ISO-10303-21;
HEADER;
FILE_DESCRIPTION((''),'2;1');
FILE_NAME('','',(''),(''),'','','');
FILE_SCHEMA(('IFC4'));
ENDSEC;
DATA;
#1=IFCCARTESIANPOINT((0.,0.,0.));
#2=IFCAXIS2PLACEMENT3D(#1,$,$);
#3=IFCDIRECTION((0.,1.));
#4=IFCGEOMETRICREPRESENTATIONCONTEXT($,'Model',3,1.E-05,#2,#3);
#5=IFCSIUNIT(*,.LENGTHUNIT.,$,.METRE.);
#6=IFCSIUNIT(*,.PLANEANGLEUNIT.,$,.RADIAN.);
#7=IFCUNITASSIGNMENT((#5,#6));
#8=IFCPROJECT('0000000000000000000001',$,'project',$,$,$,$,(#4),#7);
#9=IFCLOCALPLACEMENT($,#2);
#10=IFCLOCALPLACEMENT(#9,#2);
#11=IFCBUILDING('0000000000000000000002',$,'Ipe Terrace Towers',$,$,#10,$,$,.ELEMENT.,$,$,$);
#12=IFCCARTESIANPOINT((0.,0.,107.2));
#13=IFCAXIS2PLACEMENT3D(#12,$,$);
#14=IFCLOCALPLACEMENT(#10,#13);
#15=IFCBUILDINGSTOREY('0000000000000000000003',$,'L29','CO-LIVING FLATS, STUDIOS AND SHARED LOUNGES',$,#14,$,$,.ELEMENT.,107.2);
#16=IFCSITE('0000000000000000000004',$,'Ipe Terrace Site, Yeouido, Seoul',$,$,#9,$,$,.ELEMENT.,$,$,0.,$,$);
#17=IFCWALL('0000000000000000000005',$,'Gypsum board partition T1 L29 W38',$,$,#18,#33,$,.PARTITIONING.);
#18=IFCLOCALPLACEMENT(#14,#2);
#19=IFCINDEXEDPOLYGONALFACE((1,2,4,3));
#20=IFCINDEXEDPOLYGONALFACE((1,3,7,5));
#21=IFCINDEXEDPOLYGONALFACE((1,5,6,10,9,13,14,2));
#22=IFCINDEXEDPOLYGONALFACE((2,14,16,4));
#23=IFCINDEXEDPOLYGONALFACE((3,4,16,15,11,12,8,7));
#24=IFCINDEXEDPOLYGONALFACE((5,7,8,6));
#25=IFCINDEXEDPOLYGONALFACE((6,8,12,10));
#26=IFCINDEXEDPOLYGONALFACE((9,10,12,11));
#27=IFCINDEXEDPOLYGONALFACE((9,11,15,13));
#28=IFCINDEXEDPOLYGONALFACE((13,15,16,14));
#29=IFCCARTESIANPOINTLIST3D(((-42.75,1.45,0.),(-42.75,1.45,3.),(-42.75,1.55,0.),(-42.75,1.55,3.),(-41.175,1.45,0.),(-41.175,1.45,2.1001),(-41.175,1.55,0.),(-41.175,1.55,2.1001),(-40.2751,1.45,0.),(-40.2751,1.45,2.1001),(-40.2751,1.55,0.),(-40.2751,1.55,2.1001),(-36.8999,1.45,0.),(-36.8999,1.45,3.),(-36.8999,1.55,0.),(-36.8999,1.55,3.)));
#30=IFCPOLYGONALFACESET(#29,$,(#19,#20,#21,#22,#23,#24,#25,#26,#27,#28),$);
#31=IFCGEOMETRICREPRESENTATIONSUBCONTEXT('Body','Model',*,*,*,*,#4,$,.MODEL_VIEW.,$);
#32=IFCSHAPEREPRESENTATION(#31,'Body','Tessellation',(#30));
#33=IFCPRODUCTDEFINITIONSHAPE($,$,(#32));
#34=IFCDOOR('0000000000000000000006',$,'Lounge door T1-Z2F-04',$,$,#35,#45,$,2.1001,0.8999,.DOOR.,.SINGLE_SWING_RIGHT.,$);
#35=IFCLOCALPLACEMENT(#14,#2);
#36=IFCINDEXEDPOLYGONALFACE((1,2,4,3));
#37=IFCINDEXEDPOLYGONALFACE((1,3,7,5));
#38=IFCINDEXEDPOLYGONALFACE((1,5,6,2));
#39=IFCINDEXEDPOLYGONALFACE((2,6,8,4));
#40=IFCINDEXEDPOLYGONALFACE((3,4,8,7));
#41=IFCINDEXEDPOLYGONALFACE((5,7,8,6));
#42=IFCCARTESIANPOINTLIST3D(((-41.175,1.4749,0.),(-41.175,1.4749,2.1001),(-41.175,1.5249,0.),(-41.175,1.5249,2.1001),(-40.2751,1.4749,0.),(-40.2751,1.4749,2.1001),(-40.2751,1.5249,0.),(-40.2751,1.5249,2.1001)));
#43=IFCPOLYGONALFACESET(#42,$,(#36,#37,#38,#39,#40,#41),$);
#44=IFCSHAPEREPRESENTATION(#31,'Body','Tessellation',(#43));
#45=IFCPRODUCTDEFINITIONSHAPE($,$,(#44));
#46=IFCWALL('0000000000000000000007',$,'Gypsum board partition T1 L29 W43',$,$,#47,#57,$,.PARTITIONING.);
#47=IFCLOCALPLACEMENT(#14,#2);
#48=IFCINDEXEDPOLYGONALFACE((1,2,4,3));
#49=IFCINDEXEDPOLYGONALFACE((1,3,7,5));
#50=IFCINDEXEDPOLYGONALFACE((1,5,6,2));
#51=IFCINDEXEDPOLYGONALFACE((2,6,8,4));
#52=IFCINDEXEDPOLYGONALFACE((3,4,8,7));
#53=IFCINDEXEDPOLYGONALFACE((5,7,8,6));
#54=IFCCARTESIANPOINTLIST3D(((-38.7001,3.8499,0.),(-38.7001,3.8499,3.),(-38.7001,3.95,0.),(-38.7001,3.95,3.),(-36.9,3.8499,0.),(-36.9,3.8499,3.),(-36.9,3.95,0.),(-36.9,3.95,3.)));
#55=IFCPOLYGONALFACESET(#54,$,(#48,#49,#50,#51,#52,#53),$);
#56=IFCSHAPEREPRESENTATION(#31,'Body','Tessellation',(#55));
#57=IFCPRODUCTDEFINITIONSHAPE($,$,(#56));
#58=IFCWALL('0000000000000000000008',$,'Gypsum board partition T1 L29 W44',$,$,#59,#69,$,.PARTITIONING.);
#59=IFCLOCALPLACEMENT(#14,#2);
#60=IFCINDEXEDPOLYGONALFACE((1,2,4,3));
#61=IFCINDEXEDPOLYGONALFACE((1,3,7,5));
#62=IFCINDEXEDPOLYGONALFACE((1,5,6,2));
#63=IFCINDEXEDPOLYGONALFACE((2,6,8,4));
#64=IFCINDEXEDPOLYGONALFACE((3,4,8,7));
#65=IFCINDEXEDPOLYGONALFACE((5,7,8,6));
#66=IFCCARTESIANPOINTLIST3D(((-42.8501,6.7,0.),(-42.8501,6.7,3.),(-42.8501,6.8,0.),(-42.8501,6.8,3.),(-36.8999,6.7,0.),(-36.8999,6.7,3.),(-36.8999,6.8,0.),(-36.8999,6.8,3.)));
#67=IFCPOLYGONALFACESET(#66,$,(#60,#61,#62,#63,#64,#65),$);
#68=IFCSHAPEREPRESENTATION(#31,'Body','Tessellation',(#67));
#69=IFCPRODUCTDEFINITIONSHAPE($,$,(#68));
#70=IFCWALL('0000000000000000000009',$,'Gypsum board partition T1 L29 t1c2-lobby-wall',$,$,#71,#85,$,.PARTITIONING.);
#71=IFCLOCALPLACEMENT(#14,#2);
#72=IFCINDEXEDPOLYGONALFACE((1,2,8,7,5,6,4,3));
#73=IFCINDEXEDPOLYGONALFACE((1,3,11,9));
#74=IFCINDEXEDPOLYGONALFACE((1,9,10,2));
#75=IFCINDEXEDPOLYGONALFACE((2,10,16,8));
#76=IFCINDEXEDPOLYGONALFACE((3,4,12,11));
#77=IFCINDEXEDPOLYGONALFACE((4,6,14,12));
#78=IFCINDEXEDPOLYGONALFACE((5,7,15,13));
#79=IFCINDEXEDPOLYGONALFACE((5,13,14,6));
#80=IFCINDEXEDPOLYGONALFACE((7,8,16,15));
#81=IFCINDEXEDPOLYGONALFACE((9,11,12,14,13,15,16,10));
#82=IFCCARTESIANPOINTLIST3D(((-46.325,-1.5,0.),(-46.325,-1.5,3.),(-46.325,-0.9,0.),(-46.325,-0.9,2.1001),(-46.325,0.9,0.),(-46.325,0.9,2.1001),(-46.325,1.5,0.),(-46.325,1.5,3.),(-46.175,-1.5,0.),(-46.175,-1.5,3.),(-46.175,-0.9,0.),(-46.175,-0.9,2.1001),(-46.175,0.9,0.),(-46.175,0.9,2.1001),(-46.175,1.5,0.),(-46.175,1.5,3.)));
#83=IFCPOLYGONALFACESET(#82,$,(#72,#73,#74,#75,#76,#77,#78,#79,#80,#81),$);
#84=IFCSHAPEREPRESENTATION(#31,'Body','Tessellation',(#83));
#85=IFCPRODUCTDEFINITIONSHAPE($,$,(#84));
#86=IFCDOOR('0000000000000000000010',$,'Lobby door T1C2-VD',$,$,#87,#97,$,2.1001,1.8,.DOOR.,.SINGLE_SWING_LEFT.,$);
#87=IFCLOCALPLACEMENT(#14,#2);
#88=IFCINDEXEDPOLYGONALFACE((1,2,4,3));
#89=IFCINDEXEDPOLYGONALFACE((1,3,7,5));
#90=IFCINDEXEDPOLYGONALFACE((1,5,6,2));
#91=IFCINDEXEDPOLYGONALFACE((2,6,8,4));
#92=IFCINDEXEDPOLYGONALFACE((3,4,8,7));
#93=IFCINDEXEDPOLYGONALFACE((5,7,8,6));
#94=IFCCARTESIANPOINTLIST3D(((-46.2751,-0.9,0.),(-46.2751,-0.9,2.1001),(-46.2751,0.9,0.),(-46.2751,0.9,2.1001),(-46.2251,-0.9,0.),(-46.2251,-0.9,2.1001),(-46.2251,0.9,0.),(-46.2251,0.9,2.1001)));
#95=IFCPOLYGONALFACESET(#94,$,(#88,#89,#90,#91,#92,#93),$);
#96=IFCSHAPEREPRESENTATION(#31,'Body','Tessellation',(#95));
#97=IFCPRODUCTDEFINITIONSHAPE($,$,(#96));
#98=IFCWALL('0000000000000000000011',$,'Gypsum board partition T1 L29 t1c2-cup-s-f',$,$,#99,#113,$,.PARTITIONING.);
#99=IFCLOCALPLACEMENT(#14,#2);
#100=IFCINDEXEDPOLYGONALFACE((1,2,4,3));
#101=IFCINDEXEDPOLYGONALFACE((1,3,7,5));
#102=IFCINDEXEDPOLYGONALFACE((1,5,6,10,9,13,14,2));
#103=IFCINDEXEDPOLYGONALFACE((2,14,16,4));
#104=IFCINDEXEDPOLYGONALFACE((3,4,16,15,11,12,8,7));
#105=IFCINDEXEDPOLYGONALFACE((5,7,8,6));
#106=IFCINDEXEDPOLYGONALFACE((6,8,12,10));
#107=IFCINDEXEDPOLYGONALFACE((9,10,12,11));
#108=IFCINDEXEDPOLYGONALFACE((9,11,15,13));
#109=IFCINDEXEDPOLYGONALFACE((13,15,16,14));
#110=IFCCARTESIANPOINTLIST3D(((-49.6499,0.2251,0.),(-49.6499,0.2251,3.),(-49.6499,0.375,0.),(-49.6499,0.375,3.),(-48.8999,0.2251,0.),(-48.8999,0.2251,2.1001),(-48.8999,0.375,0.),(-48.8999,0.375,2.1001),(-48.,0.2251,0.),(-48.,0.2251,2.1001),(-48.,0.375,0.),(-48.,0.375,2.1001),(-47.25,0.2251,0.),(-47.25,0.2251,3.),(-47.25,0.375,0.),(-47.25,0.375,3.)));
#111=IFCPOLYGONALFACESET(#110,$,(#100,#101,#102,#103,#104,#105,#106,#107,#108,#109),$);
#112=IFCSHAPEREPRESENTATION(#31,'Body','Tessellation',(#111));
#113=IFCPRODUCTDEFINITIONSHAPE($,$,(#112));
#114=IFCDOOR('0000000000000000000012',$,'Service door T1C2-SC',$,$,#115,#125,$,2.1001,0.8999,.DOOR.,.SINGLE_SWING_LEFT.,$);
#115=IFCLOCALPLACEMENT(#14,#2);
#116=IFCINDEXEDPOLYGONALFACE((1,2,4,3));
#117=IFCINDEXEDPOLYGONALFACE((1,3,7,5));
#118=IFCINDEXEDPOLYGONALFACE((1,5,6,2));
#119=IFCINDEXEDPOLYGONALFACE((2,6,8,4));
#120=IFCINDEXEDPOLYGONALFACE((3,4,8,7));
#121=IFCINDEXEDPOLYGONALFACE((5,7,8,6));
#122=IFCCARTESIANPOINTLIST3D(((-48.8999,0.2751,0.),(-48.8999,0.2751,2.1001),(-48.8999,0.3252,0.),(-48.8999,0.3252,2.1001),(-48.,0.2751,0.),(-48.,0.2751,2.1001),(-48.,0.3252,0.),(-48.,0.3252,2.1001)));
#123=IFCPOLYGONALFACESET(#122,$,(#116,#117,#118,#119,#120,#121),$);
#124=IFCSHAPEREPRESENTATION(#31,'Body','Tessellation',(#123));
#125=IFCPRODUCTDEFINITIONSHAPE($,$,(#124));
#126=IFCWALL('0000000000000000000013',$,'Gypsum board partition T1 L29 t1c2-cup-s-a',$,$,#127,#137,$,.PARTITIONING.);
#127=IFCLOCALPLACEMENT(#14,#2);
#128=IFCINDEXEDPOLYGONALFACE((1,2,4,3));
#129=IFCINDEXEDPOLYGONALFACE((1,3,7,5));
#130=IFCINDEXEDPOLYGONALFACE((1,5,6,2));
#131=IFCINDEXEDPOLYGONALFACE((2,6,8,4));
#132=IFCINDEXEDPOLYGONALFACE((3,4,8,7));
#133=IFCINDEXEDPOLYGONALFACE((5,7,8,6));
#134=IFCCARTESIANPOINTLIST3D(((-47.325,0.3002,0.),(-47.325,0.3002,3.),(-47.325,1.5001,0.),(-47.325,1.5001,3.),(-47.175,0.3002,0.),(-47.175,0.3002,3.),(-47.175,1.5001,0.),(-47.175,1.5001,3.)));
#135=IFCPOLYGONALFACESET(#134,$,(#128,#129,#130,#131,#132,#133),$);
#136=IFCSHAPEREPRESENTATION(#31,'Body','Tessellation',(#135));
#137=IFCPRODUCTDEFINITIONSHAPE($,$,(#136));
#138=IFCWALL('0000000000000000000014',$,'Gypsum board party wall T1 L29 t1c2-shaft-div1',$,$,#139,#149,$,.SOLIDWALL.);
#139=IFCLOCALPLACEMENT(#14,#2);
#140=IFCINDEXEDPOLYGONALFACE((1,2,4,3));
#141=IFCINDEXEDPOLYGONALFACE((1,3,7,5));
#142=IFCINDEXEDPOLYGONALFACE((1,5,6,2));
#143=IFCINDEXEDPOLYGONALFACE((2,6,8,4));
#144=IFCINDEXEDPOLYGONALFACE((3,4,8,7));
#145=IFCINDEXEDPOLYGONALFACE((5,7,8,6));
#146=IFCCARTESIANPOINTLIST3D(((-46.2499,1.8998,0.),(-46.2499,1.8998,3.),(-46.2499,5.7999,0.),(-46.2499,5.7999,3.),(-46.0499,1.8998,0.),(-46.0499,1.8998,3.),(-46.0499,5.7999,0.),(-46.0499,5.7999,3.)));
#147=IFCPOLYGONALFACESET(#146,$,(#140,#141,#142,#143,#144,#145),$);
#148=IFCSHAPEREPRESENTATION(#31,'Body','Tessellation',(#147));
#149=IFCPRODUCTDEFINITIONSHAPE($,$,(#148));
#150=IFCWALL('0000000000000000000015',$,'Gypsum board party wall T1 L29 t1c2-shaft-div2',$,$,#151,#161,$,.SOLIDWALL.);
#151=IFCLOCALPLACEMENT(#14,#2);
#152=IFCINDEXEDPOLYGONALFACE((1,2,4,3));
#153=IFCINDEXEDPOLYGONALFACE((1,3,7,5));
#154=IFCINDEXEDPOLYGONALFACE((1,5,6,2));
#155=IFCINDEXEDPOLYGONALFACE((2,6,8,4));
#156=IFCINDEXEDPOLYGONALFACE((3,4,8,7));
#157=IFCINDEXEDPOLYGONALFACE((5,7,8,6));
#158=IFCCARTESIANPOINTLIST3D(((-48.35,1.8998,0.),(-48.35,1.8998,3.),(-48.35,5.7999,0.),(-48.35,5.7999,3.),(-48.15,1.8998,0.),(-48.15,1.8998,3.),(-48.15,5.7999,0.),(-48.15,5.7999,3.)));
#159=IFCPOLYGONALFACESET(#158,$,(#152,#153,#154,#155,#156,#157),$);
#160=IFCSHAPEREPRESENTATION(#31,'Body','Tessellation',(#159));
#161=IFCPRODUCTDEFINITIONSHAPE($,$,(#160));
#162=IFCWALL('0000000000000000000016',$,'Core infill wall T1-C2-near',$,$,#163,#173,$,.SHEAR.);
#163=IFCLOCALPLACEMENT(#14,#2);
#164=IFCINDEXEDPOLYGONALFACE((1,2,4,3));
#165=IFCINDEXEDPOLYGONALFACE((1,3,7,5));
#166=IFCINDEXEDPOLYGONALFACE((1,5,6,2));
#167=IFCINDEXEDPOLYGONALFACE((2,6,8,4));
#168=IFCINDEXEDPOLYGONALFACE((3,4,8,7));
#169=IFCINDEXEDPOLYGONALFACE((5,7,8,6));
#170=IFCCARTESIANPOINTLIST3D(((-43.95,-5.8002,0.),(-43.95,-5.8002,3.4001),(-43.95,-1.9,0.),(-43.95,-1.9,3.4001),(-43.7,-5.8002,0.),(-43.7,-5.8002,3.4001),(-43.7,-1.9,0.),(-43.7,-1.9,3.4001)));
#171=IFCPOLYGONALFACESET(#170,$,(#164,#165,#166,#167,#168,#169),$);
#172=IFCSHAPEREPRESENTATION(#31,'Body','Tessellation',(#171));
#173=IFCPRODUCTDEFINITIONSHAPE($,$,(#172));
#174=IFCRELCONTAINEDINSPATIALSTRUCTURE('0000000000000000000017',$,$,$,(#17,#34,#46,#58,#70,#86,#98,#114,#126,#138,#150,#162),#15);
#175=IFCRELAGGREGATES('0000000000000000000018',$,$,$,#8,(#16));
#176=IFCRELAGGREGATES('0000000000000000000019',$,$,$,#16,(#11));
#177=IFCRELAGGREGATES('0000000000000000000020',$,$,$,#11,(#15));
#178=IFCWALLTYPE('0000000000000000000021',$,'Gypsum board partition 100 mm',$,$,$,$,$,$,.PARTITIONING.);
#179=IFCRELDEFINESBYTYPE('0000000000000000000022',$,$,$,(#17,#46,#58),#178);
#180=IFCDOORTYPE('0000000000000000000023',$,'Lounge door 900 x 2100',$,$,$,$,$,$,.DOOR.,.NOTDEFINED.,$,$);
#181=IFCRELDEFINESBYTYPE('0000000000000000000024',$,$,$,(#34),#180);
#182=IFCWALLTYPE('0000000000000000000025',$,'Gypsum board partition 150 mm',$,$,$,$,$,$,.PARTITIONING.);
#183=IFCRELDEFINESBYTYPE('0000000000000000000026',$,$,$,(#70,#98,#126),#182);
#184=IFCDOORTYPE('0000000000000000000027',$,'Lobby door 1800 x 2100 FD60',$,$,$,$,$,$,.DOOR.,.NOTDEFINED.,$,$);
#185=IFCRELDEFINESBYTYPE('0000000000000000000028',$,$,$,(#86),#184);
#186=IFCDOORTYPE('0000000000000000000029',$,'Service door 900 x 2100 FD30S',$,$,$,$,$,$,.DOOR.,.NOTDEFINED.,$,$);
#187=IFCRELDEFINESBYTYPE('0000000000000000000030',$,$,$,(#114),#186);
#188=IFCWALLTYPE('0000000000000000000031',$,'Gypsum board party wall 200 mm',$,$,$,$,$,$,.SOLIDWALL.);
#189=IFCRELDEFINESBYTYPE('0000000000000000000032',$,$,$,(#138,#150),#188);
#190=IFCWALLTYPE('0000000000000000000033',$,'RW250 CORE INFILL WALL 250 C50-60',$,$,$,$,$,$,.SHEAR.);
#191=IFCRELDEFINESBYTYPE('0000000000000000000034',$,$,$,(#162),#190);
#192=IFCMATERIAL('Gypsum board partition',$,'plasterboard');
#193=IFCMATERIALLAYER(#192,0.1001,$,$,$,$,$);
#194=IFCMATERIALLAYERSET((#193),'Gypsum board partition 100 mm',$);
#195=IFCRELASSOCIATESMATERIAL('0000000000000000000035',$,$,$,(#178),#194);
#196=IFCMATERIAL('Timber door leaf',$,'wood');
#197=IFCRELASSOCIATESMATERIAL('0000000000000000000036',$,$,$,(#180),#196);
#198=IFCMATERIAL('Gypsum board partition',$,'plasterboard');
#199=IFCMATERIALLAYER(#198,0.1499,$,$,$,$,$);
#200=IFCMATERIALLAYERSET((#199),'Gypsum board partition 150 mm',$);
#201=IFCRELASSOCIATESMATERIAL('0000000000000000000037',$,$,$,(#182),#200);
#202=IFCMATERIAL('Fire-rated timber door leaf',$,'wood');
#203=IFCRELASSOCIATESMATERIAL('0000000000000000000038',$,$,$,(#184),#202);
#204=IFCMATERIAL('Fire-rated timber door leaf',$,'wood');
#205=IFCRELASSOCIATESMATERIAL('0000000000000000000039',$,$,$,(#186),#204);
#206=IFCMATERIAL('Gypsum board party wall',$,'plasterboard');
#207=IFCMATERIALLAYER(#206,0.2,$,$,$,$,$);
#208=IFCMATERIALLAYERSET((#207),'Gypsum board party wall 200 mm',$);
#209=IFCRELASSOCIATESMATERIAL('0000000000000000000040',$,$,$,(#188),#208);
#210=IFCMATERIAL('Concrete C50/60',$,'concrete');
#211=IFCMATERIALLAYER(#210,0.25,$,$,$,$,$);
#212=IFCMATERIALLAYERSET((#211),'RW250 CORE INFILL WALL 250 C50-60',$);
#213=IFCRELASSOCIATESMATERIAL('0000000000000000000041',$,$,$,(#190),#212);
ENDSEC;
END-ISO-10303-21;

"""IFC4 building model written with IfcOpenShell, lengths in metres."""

from ifc_helpers import new_model, si_unit, direction, frame, frame_2d, origin, place, context, subcontext, project, spatial, rectangle, extrude, material, layer, layer_set, type_object, element, fill, save


model = new_model("IFC4")

# Units and contexts
model_context = context("Model", 3, precision=1e-05, world=origin(), true_north=direction((0.0, 1.0)))
body_context = subcontext(model_context, "Body", "Model", "MODEL_VIEW")
ifc_project = project(units=[si_unit("LENGTHUNIT", "METRE"), si_unit("PLANEANGLEUNIT", "RADIAN")], contexts=[model_context])

# Site, building, storey
site_placement = place(None, origin())
site = spatial("IfcSite", under=ifc_project, at=site_placement, Name="Ipe Terrace Site, Yeouido, Seoul", CompositionType="ELEMENT", RefElevation=0.0)
building_placement = place(site_placement, origin())
building = spatial("IfcBuilding", under=site, at=building_placement, Name="Ipe Terrace Towers", CompositionType="ELEMENT")
storey_placement = place(building_placement, frame((0.0, 0.0, 107.2)))
storey = spatial("IfcBuildingStorey", under=building, at=storey_placement, Name="L29", Description="CO-LIVING FLATS, STUDIOS AND SHARED LOUNGES", CompositionType="ELEMENT", Elevation=107.2)

# Shared definitions
ifc_material_1 = material(Name="Gypsum board partition", Category="plasterboard")
ifc_layer_1 = layer(ifc_material_1, 0.1001)
ifc_layer_set_1 = layer_set([ifc_layer_1], Name="Gypsum board partition 100 mm")
wall_type_1 = type_object("IfcWallType", Name="Gypsum board partition 100 mm", PredefinedType="PARTITIONING", material=ifc_layer_set_1)
ifc_material_2 = material(Name="Timber door leaf", Category="wood")
door_type_1 = type_object("IfcDoorType", Name="Lounge door 900 x 2100", OperationType="NOTDEFINED", PredefinedType="DOOR", material=ifc_material_2)

# Wall, opening, door
wall_1_placement = place(storey_placement, frame((-42.75, 1.5, 0.0), z_axis=(0.0, 0.0, 1.0), x_axis=(1.0, 0.0, 0.0)))
wall_1 = element("IfcWall", 1, at=wall_1_placement, inside=storey, type_object=wall_type_1, Name="Gypsum board partition T1 L29 W38", PredefinedType="PARTITIONING", context=body_context, shape_type="SweptSolid", body=[
    extrude(rectangle(XDim=5.8501, YDim=0.1001, at=frame_2d((2.925, 0.0))), origin(), (0.0, 0.0, 1.0), 3.0),
])
opening_1_placement = place(wall_1_placement, frame((1.575, 0.0, 0.0)))
opening_1 = element("IfcOpeningElement", 2, at=opening_1_placement, cuts=wall_1, PredefinedType="OPENING", context=body_context, shape_type="SweptSolid", body=[
    extrude(rectangle(XDim=0.8999, YDim=2.1001, at=frame_2d((0.45, 1.05))), frame((0.0, 0.0601, 0.0), z_axis=(0.0, -1.0, 0.0), x_axis=(1.0, 0.0, 0.0)), (0.0, 0.0, 1.0), 0.1201),
])
door_1_placement = place(opening_1_placement, origin())
door_1 = element("IfcDoor", 3, at=door_1_placement, inside=storey, type_object=door_type_1, Name="Lounge door T1-Z2F-04", OperationType="SINGLE_SWING_RIGHT", OverallHeight=2.1001, OverallWidth=0.8999, PredefinedType="DOOR", context=body_context, shape_type="SweptSolid", body=[
    extrude(rectangle(XDim=0.8999, YDim=2.1001, at=frame_2d((0.45, 1.05))), frame((0.0, 0.0249, 0.0), z_axis=(0.0, -1.0, 0.0), x_axis=(1.0, 0.0, 0.0)), (0.0, 0.0, 1.0), 0.05),
])
fill(opening_1, door_1)

# Walls
wall_2_placement = place(storey_placement, frame((-38.7, 3.8999, 0.0), z_axis=(0.0, 0.0, 1.0), x_axis=(1.0, 0.0, 0.0)))
element("IfcWall", 4, at=wall_2_placement, inside=storey, type_object=wall_type_1, Name="Gypsum board partition T1 L29 W43", PredefinedType="PARTITIONING", context=body_context, shape_type="SweptSolid", body=[
    extrude(rectangle(XDim=1.8, YDim=0.1001, at=frame_2d((0.8999, 0.0))), origin(), (0.0, 0.0, 1.0), 3.0),
])
wall_3_placement = place(storey_placement, frame((-42.8501, 6.75, 0.0), z_axis=(0.0, 0.0, 1.0), x_axis=(1.0, 0.0, 0.0)))
element("IfcWall", 5, at=wall_3_placement, inside=storey, type_object=wall_type_1, Name="Gypsum board partition T1 L29 W44", PredefinedType="PARTITIONING", context=body_context, shape_type="SweptSolid", body=[
    extrude(rectangle(XDim=5.9502, YDim=0.1001, at=frame_2d((2.9751, 0.0))), origin(), (0.0, 0.0, 1.0), 3.0),
])

# Walls, openings, doors
ifc_material_3 = material(Name="Gypsum board partition", Category="plasterboard")
ifc_layer_2 = layer(ifc_material_3, 0.1499)
ifc_layer_set_2 = layer_set([ifc_layer_2], Name="Gypsum board partition 150 mm")
wall_type_2 = type_object("IfcWallType", Name="Gypsum board partition 150 mm", PredefinedType="PARTITIONING", material=ifc_layer_set_2)
wall_4_placement = place(storey_placement, frame((-46.25, 1.5, 0.0), z_axis=(0.0, 0.0, 1.0), x_axis=(0.0, -1.0, 0.0)))
wall_4 = element("IfcWall", 6, at=wall_4_placement, inside=storey, type_object=wall_type_2, Name="Gypsum board partition T1 L29 t1c2-lobby-wall", PredefinedType="PARTITIONING", context=body_context, shape_type="SweptSolid", body=[
    extrude(rectangle(XDim=3.0, YDim=0.1499, at=frame_2d((1.5, 0.0))), origin(), (0.0, 0.0, 1.0), 3.0),
])
opening_2_placement = place(wall_4_placement, frame((0.6001, 0.0, 0.0)))
opening_2 = element("IfcOpeningElement", 7, at=opening_2_placement, cuts=wall_4, PredefinedType="OPENING", context=body_context, shape_type="SweptSolid", body=[
    extrude(rectangle(XDim=1.8, YDim=2.1001, at=frame_2d((0.8999, 1.05))), frame((0.0, 0.085, 0.0), z_axis=(0.0, -1.0, 0.0), x_axis=(1.0, 0.0, 0.0)), (0.0, 0.0, 1.0), 0.1699),
])
ifc_material_4 = material(Name="Fire-rated timber door leaf", Category="wood")
door_type_2 = type_object("IfcDoorType", Name="Lobby door 1800 x 2100 FD60", OperationType="NOTDEFINED", PredefinedType="DOOR", material=ifc_material_4)
door_2_placement = place(opening_2_placement, origin())
door_2 = element("IfcDoor", 8, at=door_2_placement, inside=storey, type_object=door_type_2, Name="Lobby door T1C2-VD", OperationType="SINGLE_SWING_LEFT", OverallHeight=2.1001, OverallWidth=1.8, PredefinedType="DOOR", context=body_context, shape_type="SweptSolid", body=[
    extrude(rectangle(XDim=1.8, YDim=2.1001, at=frame_2d((0.8999, 1.05))), frame((0.0, 0.0249, 0.0), z_axis=(0.0, -1.0, 0.0), x_axis=(1.0, 0.0, 0.0)), (0.0, 0.0, 1.0), 0.05),
])
fill(opening_2, door_2)
wall_5_placement = place(storey_placement, frame((-47.25, 0.3, 0.0), z_axis=(0.0, 0.0, 1.0), x_axis=(-1.0, 0.0, 0.0)))
wall_5 = element("IfcWall", 9, at=wall_5_placement, inside=storey, type_object=wall_type_2, Name="Gypsum board partition T1 L29 t1c2-cup-s-f", PredefinedType="PARTITIONING", context=body_context, shape_type="SweptSolid", body=[
    extrude(rectangle(XDim=2.3999, YDim=0.1499, at=frame_2d((1.2, 0.0))), origin(), (0.0, 0.0, 1.0), 3.0),
])
opening_3_placement = place(wall_5_placement, frame((0.75, 0.0, 0.0)))
opening_3 = element("IfcOpeningElement", 10, at=opening_3_placement, cuts=wall_5, PredefinedType="OPENING", context=body_context, shape_type="SweptSolid", body=[
    extrude(rectangle(XDim=0.8999, YDim=2.1001, at=frame_2d((0.45, 1.05))), frame((0.0, 0.085, 0.0), z_axis=(0.0, -1.0, 0.0), x_axis=(1.0, 0.0, 0.0)), (0.0, 0.0, 1.0), 0.1699),
])
ifc_material_5 = material(Name="Fire-rated timber door leaf", Category="wood")
door_type_3 = type_object("IfcDoorType", Name="Service door 900 x 2100 FD30S", OperationType="NOTDEFINED", PredefinedType="DOOR", material=ifc_material_5)
door_3_placement = place(opening_3_placement, origin())
door_3 = element("IfcDoor", 11, at=door_3_placement, inside=storey, type_object=door_type_3, Name="Service door T1C2-SC", OperationType="SINGLE_SWING_LEFT", OverallHeight=2.1001, OverallWidth=0.8999, PredefinedType="DOOR", context=body_context, shape_type="SweptSolid", body=[
    extrude(rectangle(XDim=0.8999, YDim=2.1001, at=frame_2d((0.45, 1.05))), frame((0.0, 0.0249, 0.0), z_axis=(0.0, -1.0, 0.0), x_axis=(1.0, 0.0, 0.0)), (0.0, 0.0, 1.0), 0.05),
])
fill(opening_3, door_3)

# Walls
wall_6_placement = place(storey_placement, frame((-47.25, 0.3, 0.0), z_axis=(0.0, 0.0, 1.0), x_axis=(0.0, 1.0, 0.0)))
element("IfcWall", 12, at=wall_6_placement, inside=storey, type_object=wall_type_2, Name="Gypsum board partition T1 L29 t1c2-cup-s-a", PredefinedType="PARTITIONING", context=body_context, shape_type="SweptSolid", body=[
    extrude(rectangle(XDim=1.2, YDim=0.1499, at=frame_2d((0.6001, 0.0))), origin(), (0.0, 0.0, 1.0), 3.0),
])
ifc_material_6 = material(Name="Gypsum board party wall", Category="plasterboard")
ifc_layer_3 = layer(ifc_material_6, 0.2)
ifc_layer_set_3 = layer_set([ifc_layer_3], Name="Gypsum board party wall 200 mm")
wall_type_3 = type_object("IfcWallType", Name="Gypsum board party wall 200 mm", PredefinedType="SOLIDWALL", material=ifc_layer_set_3)
for number, where, z_axis, x_axis, name in (
    (13, (-46.1499, 5.8, 0.0), (0.0, 0.0, 1.0), (0.0, -1.0, 0.0), "Gypsum board party wall T1 L29 t1c2-shaft-div1"),
    (14, (-48.25, 5.8, 0.0), (0.0, 0.0, 1.0), (0.0, -1.0, 0.0), "Gypsum board party wall T1 L29 t1c2-shaft-div2"),
):
    element("IfcWall", number, at=place(storey_placement, frame(where, z_axis=z_axis, x_axis=x_axis)), inside=storey, type_object=wall_type_3, Name=name, PredefinedType="SOLIDWALL", context=body_context, shape_type="SweptSolid", body=[
        extrude(rectangle(XDim=3.9001, YDim=0.2, at=frame_2d((1.9502, 0.0))), origin(), (0.0, 0.0, 1.0), 3.0),
    ])
ifc_material_7 = material(Name="Concrete C50/60", Category="concrete")
ifc_layer_4 = layer(ifc_material_7, 0.25)
ifc_layer_set_4 = layer_set([ifc_layer_4], Name="RW250 CORE INFILL WALL 250 C50-60")
wall_type_4 = type_object("IfcWallType", Name="RW250 CORE INFILL WALL 250 C50-60", PredefinedType="SHEAR", material=ifc_layer_set_4)
wall_7_placement = place(storey_placement, frame((-43.825, -1.8999, 0.0), z_axis=(0.0, 0.0, 1.0), x_axis=(0.0, -1.0, 0.0)))
element("IfcWall", 15, at=wall_7_placement, inside=storey, type_object=wall_type_4, Name="Core infill wall T1-C2-near", PredefinedType="SHEAR", context=body_context, shape_type="SweptSolid", body=[
    extrude(rectangle(XDim=3.9001, YDim=0.25, at=frame_2d((1.9502, 0.0))), origin(), (0.0, 0.0, 1.0), 3.4001),
])

save(model, "model.ifc")
